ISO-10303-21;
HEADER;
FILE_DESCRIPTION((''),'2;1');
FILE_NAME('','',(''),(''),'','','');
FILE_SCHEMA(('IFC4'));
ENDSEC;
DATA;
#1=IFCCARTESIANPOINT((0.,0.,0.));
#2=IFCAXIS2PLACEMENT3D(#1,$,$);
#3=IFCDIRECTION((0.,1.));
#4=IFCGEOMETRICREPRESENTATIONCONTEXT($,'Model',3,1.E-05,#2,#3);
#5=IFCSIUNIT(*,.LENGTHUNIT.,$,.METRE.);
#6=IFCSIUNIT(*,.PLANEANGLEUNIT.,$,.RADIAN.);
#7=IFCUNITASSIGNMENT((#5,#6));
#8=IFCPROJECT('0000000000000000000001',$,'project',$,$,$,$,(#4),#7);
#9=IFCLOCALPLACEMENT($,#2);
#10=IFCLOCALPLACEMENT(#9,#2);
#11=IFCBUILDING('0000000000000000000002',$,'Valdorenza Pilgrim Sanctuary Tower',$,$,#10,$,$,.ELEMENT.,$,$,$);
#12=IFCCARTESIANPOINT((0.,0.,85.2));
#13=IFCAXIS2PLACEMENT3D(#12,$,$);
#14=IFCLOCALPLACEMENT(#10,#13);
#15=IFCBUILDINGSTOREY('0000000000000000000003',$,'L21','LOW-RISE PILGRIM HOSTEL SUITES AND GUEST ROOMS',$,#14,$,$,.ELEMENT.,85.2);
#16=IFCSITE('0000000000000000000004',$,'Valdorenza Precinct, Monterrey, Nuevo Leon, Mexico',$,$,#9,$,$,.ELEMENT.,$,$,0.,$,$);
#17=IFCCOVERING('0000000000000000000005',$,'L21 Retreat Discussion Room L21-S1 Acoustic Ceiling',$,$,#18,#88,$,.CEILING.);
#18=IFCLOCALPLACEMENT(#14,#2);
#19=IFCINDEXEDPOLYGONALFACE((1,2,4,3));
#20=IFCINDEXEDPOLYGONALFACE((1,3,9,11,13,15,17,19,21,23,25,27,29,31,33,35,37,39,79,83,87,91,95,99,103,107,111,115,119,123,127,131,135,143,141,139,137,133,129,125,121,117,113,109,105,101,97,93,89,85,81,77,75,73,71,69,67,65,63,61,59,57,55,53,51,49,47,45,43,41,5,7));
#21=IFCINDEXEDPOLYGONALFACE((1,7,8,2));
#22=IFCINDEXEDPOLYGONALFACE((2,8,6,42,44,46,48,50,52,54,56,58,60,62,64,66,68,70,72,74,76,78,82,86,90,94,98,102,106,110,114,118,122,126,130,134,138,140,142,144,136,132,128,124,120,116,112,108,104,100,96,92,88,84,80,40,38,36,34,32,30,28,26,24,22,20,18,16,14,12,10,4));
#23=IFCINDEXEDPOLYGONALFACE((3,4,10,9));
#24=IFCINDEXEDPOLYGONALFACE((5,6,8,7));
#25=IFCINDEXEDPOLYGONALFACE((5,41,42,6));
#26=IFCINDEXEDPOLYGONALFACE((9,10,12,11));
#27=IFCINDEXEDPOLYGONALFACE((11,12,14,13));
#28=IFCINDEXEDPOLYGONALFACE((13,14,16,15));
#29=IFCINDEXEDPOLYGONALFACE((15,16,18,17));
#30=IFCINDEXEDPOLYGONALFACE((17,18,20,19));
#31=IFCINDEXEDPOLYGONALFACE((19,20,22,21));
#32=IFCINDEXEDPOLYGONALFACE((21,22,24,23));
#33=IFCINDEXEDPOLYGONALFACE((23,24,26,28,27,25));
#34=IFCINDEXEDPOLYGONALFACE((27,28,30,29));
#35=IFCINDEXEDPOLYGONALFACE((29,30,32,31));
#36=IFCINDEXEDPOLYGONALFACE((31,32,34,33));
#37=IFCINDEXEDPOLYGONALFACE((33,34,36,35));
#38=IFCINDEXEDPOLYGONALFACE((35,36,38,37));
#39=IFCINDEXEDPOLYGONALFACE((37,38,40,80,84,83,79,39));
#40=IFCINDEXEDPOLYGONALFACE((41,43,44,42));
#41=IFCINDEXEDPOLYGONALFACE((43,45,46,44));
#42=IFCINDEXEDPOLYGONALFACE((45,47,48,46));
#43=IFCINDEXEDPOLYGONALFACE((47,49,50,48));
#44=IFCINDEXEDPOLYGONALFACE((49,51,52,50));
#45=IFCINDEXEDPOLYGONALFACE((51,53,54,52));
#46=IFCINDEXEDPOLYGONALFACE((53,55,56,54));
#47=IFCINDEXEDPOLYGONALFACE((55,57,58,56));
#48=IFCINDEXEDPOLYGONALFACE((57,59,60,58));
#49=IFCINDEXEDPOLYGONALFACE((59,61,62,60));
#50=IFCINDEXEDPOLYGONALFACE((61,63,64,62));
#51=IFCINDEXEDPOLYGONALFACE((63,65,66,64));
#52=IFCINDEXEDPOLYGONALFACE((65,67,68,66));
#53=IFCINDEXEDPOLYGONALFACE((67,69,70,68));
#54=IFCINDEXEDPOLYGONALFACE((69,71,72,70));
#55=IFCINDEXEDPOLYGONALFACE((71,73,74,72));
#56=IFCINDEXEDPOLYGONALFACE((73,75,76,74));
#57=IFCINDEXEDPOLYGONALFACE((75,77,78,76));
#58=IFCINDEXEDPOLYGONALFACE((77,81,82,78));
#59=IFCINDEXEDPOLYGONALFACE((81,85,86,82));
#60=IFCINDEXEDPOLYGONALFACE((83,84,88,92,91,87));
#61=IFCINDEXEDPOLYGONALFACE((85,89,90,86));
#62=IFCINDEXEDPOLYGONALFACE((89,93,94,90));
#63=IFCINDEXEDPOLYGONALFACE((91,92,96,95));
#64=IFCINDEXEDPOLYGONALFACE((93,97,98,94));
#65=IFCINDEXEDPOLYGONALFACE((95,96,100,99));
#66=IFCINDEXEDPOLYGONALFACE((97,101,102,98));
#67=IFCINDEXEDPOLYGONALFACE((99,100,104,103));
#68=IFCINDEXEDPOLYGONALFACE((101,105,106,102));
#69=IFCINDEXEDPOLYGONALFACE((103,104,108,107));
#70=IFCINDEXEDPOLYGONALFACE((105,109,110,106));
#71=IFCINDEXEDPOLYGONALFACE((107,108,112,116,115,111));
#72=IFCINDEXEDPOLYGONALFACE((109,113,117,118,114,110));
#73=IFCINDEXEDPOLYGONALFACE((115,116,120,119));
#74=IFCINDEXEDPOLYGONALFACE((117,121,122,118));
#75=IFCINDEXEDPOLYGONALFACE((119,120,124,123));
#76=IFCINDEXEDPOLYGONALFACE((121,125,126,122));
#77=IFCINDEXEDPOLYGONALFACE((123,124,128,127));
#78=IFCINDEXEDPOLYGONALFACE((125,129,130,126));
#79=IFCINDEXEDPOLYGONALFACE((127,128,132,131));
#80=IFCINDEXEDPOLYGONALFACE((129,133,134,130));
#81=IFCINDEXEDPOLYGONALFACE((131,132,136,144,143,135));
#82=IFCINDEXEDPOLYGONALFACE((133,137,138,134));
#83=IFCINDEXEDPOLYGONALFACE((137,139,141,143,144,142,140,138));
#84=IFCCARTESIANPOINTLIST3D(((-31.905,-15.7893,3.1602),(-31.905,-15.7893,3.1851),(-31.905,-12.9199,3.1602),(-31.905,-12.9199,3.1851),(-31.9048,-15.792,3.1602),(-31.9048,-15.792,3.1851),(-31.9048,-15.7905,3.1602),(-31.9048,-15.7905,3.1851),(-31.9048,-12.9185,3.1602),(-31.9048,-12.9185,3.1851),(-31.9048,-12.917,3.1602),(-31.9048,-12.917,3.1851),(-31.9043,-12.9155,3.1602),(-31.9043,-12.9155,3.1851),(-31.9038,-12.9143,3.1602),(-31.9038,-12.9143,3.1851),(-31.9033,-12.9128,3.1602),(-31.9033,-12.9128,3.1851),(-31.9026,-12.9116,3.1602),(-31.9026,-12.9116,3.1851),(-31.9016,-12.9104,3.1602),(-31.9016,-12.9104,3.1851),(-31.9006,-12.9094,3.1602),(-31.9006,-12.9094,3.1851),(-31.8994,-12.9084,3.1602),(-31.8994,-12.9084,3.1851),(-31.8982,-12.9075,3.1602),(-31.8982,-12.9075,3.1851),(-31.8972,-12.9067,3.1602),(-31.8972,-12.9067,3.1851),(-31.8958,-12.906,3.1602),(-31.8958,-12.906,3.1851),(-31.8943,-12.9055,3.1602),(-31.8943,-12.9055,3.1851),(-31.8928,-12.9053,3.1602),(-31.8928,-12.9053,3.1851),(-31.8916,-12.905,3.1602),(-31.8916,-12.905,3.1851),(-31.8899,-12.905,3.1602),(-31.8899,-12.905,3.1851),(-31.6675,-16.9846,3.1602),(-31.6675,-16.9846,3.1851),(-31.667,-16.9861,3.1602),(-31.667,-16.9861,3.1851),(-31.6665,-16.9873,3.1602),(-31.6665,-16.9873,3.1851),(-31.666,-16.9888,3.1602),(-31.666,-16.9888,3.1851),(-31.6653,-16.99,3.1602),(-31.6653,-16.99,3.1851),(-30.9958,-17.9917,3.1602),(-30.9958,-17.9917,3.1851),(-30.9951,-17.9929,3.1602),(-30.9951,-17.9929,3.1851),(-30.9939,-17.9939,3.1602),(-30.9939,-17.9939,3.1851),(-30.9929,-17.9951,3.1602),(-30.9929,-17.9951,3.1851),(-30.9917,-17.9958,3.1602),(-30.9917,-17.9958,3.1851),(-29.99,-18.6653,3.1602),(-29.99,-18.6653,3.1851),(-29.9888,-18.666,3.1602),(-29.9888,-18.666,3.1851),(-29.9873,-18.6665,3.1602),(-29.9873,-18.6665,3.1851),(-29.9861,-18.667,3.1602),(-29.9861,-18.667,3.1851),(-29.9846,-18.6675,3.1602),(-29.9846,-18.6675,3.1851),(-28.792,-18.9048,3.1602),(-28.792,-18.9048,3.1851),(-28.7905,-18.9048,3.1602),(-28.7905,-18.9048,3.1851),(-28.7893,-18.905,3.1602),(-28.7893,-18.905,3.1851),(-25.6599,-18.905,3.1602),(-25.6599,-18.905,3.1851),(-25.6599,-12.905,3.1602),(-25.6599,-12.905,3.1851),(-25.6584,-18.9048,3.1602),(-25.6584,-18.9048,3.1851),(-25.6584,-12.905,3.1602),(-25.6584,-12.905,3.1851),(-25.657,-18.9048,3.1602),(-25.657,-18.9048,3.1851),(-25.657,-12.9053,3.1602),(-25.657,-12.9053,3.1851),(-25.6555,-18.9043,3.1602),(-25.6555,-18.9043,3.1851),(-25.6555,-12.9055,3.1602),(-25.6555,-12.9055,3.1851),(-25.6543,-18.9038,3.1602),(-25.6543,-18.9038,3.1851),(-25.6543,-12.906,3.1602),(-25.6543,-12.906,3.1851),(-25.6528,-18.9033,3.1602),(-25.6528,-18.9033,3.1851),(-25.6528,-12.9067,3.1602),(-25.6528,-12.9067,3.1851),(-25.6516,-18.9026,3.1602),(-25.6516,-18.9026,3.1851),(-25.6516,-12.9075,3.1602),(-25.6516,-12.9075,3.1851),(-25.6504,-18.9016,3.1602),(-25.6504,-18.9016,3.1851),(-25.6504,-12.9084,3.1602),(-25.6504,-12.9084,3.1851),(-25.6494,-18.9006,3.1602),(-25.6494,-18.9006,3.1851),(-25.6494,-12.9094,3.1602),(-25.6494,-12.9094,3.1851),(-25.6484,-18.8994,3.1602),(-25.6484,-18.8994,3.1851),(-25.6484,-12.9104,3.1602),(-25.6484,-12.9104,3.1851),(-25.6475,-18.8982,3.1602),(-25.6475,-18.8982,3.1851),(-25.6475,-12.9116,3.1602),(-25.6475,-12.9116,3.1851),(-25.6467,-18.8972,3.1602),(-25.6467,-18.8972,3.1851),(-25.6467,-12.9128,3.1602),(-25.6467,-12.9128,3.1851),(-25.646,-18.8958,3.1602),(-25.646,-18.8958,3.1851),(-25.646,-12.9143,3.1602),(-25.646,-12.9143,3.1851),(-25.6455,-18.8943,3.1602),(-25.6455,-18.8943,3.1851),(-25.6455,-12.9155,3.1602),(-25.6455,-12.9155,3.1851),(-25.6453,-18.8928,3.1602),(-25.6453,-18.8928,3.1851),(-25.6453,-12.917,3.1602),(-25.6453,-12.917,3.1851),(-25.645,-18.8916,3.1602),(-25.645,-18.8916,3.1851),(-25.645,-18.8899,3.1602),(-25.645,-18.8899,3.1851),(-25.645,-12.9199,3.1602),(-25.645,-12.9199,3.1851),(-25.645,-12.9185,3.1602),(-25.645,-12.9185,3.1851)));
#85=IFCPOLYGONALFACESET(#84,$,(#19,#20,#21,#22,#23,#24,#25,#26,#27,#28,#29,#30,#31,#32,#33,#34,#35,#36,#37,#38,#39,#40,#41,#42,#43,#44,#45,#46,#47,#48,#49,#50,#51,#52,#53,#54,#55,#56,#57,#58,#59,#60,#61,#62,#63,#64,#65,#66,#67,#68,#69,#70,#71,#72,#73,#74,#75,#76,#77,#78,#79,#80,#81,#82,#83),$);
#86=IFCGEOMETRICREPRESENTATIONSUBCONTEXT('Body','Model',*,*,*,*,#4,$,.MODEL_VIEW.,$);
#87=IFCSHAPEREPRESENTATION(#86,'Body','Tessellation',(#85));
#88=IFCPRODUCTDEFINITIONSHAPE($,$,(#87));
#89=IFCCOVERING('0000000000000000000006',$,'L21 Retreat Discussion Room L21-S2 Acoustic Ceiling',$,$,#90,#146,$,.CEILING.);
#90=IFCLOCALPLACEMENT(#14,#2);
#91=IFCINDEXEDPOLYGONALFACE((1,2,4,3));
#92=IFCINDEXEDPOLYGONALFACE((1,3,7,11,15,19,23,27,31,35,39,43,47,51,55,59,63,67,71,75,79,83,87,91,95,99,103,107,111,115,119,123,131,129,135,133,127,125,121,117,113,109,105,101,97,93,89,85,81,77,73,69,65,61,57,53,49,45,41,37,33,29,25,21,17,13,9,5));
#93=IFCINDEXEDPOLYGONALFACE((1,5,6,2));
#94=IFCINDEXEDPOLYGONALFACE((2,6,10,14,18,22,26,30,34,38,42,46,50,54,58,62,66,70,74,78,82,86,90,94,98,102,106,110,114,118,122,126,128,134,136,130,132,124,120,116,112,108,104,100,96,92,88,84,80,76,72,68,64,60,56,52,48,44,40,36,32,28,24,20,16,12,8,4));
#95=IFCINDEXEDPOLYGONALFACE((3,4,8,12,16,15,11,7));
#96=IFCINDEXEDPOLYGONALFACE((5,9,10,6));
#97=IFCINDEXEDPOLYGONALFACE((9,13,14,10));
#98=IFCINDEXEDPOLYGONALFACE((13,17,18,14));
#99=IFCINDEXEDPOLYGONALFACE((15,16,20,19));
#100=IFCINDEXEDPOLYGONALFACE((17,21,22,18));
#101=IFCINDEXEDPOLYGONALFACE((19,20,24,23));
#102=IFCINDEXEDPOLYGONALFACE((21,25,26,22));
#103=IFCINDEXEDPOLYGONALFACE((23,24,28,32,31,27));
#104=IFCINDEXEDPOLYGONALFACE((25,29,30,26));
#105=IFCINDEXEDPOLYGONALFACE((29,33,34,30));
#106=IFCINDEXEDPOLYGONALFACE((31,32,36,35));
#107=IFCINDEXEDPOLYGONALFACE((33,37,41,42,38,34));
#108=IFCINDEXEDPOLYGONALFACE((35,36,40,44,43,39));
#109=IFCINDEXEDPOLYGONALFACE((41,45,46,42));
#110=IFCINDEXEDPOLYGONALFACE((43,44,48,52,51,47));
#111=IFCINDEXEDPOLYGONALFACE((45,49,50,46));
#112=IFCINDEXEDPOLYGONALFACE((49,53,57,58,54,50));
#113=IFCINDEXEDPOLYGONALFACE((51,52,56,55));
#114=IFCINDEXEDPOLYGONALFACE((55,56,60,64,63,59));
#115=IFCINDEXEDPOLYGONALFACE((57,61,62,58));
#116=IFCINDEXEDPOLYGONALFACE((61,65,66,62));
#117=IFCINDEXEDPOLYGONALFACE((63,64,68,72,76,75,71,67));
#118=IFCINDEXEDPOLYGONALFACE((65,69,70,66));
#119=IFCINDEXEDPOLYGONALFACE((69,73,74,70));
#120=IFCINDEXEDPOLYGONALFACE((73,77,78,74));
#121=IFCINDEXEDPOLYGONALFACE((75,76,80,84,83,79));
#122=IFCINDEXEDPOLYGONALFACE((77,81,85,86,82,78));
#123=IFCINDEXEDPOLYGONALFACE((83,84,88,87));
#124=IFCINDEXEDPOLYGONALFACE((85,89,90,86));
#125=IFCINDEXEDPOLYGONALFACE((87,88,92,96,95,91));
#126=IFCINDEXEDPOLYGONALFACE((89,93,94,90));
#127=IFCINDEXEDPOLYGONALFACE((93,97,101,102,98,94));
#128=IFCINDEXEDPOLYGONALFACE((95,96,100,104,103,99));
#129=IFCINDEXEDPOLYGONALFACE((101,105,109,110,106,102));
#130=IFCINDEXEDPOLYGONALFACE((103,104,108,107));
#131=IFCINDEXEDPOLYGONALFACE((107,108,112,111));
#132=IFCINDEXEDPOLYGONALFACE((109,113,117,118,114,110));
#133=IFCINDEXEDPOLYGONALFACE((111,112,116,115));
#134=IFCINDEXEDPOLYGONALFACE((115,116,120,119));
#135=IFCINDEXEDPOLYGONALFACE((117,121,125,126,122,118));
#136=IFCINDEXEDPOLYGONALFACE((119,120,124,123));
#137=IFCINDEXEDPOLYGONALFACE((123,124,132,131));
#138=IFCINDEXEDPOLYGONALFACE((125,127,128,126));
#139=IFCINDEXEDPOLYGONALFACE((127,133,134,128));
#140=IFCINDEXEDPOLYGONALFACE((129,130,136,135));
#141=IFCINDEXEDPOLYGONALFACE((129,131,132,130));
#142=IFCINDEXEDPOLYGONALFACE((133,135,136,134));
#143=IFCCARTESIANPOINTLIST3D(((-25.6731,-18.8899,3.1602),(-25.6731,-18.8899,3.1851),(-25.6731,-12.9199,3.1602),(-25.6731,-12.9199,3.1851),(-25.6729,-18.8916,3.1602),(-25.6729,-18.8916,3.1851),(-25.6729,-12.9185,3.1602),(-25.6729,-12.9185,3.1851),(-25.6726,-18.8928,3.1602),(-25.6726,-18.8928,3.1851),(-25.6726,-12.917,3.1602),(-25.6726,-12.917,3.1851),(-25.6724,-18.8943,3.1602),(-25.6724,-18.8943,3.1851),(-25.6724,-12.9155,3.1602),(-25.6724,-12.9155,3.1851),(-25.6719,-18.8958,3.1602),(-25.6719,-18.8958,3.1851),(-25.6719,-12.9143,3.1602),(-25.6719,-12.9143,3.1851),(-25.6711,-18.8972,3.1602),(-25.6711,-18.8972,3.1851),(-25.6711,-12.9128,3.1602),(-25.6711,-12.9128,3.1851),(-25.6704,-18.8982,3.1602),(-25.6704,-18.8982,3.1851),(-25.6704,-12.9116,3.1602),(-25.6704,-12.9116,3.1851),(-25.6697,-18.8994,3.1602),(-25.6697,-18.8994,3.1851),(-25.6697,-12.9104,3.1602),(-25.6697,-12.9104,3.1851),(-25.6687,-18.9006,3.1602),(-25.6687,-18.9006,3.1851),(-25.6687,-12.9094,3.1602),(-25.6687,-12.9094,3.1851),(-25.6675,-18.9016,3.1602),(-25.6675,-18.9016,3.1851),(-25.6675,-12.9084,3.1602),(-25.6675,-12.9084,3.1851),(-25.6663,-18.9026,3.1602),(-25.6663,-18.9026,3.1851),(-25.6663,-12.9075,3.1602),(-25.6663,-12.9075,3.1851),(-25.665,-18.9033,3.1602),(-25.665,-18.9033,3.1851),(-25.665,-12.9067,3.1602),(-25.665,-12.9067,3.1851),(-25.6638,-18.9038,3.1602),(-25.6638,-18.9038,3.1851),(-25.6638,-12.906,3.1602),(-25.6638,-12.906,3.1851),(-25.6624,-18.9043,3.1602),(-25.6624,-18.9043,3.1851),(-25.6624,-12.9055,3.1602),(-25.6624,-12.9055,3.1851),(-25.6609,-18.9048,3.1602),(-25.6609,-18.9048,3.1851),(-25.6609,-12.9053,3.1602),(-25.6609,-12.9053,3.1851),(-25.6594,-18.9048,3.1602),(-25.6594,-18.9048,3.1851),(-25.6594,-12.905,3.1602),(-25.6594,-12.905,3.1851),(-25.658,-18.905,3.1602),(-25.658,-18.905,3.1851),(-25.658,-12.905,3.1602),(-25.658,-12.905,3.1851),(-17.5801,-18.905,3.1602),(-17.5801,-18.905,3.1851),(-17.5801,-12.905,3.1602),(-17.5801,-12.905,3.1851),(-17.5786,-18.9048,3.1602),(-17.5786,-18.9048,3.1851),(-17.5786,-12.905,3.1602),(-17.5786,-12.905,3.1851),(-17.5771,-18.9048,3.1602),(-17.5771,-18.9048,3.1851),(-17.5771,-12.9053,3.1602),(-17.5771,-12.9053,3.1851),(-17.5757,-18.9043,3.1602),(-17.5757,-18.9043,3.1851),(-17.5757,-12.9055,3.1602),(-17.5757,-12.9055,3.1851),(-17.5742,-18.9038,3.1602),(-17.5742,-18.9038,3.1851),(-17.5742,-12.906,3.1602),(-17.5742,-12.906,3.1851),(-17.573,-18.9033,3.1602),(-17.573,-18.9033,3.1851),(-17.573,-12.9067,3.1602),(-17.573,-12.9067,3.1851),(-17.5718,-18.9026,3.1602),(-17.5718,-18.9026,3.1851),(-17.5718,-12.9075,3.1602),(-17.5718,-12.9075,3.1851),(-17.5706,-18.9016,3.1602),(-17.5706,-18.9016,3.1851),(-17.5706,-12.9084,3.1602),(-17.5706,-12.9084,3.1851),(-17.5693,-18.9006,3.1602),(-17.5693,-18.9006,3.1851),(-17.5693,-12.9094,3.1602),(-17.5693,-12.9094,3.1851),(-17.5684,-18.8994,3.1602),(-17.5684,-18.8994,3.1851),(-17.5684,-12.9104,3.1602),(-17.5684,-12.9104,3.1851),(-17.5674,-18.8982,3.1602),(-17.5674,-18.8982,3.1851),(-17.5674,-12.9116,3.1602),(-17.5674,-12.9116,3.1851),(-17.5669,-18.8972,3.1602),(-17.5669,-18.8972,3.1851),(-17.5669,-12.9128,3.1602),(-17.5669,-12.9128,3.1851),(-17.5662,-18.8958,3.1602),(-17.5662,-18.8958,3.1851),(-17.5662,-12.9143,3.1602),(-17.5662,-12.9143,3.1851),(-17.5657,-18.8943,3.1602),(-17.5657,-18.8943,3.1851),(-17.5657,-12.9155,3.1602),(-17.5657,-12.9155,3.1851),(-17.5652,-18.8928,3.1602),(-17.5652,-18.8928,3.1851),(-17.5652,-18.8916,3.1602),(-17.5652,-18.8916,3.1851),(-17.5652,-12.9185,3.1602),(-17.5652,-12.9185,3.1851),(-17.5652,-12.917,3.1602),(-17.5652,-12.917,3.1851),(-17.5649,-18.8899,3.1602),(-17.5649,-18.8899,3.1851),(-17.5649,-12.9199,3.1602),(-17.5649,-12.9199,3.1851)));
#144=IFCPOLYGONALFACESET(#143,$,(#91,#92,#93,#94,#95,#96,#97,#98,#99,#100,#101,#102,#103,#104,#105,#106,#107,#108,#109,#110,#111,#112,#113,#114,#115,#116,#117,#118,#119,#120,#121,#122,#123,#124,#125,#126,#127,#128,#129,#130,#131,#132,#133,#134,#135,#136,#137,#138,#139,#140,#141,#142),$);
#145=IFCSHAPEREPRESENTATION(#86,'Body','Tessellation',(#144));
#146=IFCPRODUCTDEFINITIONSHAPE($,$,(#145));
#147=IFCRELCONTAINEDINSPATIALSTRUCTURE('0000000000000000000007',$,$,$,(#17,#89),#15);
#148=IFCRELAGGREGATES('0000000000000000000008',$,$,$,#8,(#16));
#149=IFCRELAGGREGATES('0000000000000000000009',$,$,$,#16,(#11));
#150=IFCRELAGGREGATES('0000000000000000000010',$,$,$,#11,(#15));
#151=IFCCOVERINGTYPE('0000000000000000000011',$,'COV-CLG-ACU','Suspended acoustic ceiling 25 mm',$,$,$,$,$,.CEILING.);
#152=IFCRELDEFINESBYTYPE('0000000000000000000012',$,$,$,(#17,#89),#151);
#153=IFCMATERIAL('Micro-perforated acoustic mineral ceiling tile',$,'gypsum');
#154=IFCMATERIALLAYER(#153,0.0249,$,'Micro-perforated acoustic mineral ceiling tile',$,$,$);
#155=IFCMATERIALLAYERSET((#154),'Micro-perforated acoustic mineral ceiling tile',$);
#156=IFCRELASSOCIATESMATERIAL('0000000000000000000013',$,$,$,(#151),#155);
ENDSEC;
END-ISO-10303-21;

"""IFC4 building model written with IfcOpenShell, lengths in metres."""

from ifc_helpers import new_model, si_unit, direction, frame, origin, place, context, subcontext, project, spatial, polyline, outline, extrude, material, layer, layer_set, type_object, element, save


model = new_model("IFC4")

# Units and contexts
model_context = context("Model", 3, precision=1e-05, world=origin(), true_north=direction((0.0, 1.0)))
body_context = subcontext(model_context, "Body", "Model", "MODEL_VIEW")
ifc_project = project(units=[si_unit("LENGTHUNIT", "METRE"), si_unit("PLANEANGLEUNIT", "RADIAN")], contexts=[model_context])

# Site, building, storey
site_placement = place(None, origin())
site = spatial("IfcSite", under=ifc_project, at=site_placement, Name="Valdorenza Precinct, Monterrey, Nuevo Leon, Mexico", CompositionType="ELEMENT", RefElevation=0.0)
building_placement = place(site_placement, origin())
building = spatial("IfcBuilding", under=site, at=building_placement, Name="Valdorenza Pilgrim Sanctuary Tower", CompositionType="ELEMENT")
storey_placement = place(building_placement, frame((0.0, 0.0, 85.2)))
storey = spatial("IfcBuildingStorey", under=building, at=storey_placement, Name="L21", Description="LOW-RISE PILGRIM HOSTEL SUITES AND GUEST ROOMS", CompositionType="ELEMENT", Elevation=85.2)

# Coverings
ifc_material_1 = material(Name="Micro-perforated acoustic mineral ceiling tile", Category="gypsum")
ifc_layer_1 = layer(ifc_material_1, 0.0249, Name="Micro-perforated acoustic mineral ceiling tile")
ifc_layer_set_1 = layer_set([ifc_layer_1], Name="Micro-perforated acoustic mineral ceiling tile")
covering_type_1 = type_object("IfcCoveringType", Name="COV-CLG-ACU", Description="Suspended acoustic ceiling 25 mm", PredefinedType="CEILING", material=ifc_layer_set_1)
covering_1_placement = place(storey_placement, frame((0.0, 0.0, 3.1602)))
element("IfcCovering", 1, at=covering_1_placement, inside=storey, type_object=covering_type_1, Name="L21 Retreat Discussion Room L21-S1 Acoustic Ceiling", PredefinedType="CEILING", context=body_context, shape_type="SweptSolid", body=[
    extrude(outline(polyline([(-25.645, -18.8899), (-25.645, -18.8916), (-25.6453, -18.8928), (-25.6455, -18.8943), (-25.646, -18.8958), (-25.6467, -18.8972), (-25.6475, -18.8982), (-25.6484, -18.8994), (-25.6494, -18.9006), (-25.6504, -18.9016), (-25.6516, -18.9026), (-25.6528, -18.9033), (-25.6543, -18.9038), (-25.6555, -18.9043), (-25.657, -18.9048), (-25.6584, -18.9048), (-25.6599, -18.905), (-28.7893, -18.905), (-28.7905, -18.9048), (-28.792, -18.9048), (-29.9846, -18.6675), (-29.9861, -18.667), (-29.9873, -18.6665), (-29.9888, -18.666), (-29.99, -18.6653), (-30.9917, -17.9958), (-30.9929, -17.9951), (-30.9939, -17.9939), (-30.9951, -17.9929), (-30.9958, -17.9917), (-31.6653, -16.99), (-31.666, -16.9888), (-31.6665, -16.9873), (-31.667, -16.9861), (-31.6675, -16.9846), (-31.9048, -15.792), (-31.9048, -15.7905), (-31.905, -15.7893), (-31.905, -12.9199), (-31.9048, -12.9185), (-31.9048, -12.917), (-31.9043, -12.9155), (-31.9038, -12.9143), (-31.9033, -12.9128), (-31.9026, -12.9116), (-31.9016, -12.9104), (-31.9006, -12.9094), (-31.8994, -12.9084), (-31.8982, -12.9075), (-31.8972, -12.9067), (-31.8958, -12.906), (-31.8943, -12.9055), (-31.8928, -12.9053), (-31.8916, -12.905), (-31.8899, -12.905), (-25.6599, -12.905), (-25.6584, -12.905), (-25.657, -12.9053), (-25.6555, -12.9055), (-25.6543, -12.906), (-25.6528, -12.9067), (-25.6516, -12.9075), (-25.6504, -12.9084), (-25.6494, -12.9094), (-25.6484, -12.9104), (-25.6475, -12.9116), (-25.6467, -12.9128), (-25.646, -12.9143), (-25.6455, -12.9155), (-25.6453, -12.917), (-25.645, -12.9185), (-25.645, -12.9199), (-25.645, -18.8899)])), origin(), (0.0, 0.0, 1.0), 0.0249),
])
covering_2_placement = place(storey_placement, frame((0.0, 0.0, 3.1602)))
element("IfcCovering", 2, at=covering_2_placement, inside=storey, type_object=covering_type_1, Name="L21 Retreat Discussion Room L21-S2 Acoustic Ceiling", PredefinedType="CEILING", context=body_context, shape_type="SweptSolid", body=[
    extrude(outline(polyline([(-17.5801, -12.905), (-17.5786, -12.905), (-17.5771, -12.9053), (-17.5757, -12.9055), (-17.5742, -12.906), (-17.573, -12.9067), (-17.5718, -12.9075), (-17.5706, -12.9084), (-17.5693, -12.9094), (-17.5684, -12.9104), (-17.5674, -12.9116), (-17.5669, -12.9128), (-17.5662, -12.9143), (-17.5657, -12.9155), (-17.5652, -12.917), (-17.5652, -12.9185), (-17.5649, -12.9199), (-17.5649, -18.8899), (-17.5652, -18.8916), (-17.5652, -18.8928), (-17.5657, -18.8943), (-17.5662, -18.8958), (-17.5669, -18.8972), (-17.5674, -18.8982), (-17.5684, -18.8994), (-17.5693, -18.9006), (-17.5706, -18.9016), (-17.5718, -18.9026), (-17.573, -18.9033), (-17.5742, -18.9038), (-17.5757, -18.9043), (-17.5771, -18.9048), (-17.5786, -18.9048), (-17.5801, -18.905), (-25.658, -18.905), (-25.6594, -18.9048), (-25.6609, -18.9048), (-25.6624, -18.9043), (-25.6638, -18.9038), (-25.665, -18.9033), (-25.6663, -18.9026), (-25.6675, -18.9016), (-25.6687, -18.9006), (-25.6697, -18.8994), (-25.6704, -18.8982), (-25.6711, -18.8972), (-25.6719, -18.8958), (-25.6724, -18.8943), (-25.6726, -18.8928), (-25.6729, -18.8916), (-25.6731, -18.8899), (-25.6731, -12.9199), (-25.6729, -12.9185), (-25.6726, -12.917), (-25.6724, -12.9155), (-25.6719, -12.9143), (-25.6711, -12.9128), (-25.6704, -12.9116), (-25.6697, -12.9104), (-25.6687, -12.9094), (-25.6675, -12.9084), (-25.6663, -12.9075), (-25.665, -12.9067), (-25.6638, -12.906), (-25.6624, -12.9055), (-25.6609, -12.9053), (-25.6594, -12.905), (-25.658, -12.905), (-17.5801, -12.905)])), origin(), (0.0, 0.0, 1.0), 0.0249),
])

save(model, "model.ifc")
